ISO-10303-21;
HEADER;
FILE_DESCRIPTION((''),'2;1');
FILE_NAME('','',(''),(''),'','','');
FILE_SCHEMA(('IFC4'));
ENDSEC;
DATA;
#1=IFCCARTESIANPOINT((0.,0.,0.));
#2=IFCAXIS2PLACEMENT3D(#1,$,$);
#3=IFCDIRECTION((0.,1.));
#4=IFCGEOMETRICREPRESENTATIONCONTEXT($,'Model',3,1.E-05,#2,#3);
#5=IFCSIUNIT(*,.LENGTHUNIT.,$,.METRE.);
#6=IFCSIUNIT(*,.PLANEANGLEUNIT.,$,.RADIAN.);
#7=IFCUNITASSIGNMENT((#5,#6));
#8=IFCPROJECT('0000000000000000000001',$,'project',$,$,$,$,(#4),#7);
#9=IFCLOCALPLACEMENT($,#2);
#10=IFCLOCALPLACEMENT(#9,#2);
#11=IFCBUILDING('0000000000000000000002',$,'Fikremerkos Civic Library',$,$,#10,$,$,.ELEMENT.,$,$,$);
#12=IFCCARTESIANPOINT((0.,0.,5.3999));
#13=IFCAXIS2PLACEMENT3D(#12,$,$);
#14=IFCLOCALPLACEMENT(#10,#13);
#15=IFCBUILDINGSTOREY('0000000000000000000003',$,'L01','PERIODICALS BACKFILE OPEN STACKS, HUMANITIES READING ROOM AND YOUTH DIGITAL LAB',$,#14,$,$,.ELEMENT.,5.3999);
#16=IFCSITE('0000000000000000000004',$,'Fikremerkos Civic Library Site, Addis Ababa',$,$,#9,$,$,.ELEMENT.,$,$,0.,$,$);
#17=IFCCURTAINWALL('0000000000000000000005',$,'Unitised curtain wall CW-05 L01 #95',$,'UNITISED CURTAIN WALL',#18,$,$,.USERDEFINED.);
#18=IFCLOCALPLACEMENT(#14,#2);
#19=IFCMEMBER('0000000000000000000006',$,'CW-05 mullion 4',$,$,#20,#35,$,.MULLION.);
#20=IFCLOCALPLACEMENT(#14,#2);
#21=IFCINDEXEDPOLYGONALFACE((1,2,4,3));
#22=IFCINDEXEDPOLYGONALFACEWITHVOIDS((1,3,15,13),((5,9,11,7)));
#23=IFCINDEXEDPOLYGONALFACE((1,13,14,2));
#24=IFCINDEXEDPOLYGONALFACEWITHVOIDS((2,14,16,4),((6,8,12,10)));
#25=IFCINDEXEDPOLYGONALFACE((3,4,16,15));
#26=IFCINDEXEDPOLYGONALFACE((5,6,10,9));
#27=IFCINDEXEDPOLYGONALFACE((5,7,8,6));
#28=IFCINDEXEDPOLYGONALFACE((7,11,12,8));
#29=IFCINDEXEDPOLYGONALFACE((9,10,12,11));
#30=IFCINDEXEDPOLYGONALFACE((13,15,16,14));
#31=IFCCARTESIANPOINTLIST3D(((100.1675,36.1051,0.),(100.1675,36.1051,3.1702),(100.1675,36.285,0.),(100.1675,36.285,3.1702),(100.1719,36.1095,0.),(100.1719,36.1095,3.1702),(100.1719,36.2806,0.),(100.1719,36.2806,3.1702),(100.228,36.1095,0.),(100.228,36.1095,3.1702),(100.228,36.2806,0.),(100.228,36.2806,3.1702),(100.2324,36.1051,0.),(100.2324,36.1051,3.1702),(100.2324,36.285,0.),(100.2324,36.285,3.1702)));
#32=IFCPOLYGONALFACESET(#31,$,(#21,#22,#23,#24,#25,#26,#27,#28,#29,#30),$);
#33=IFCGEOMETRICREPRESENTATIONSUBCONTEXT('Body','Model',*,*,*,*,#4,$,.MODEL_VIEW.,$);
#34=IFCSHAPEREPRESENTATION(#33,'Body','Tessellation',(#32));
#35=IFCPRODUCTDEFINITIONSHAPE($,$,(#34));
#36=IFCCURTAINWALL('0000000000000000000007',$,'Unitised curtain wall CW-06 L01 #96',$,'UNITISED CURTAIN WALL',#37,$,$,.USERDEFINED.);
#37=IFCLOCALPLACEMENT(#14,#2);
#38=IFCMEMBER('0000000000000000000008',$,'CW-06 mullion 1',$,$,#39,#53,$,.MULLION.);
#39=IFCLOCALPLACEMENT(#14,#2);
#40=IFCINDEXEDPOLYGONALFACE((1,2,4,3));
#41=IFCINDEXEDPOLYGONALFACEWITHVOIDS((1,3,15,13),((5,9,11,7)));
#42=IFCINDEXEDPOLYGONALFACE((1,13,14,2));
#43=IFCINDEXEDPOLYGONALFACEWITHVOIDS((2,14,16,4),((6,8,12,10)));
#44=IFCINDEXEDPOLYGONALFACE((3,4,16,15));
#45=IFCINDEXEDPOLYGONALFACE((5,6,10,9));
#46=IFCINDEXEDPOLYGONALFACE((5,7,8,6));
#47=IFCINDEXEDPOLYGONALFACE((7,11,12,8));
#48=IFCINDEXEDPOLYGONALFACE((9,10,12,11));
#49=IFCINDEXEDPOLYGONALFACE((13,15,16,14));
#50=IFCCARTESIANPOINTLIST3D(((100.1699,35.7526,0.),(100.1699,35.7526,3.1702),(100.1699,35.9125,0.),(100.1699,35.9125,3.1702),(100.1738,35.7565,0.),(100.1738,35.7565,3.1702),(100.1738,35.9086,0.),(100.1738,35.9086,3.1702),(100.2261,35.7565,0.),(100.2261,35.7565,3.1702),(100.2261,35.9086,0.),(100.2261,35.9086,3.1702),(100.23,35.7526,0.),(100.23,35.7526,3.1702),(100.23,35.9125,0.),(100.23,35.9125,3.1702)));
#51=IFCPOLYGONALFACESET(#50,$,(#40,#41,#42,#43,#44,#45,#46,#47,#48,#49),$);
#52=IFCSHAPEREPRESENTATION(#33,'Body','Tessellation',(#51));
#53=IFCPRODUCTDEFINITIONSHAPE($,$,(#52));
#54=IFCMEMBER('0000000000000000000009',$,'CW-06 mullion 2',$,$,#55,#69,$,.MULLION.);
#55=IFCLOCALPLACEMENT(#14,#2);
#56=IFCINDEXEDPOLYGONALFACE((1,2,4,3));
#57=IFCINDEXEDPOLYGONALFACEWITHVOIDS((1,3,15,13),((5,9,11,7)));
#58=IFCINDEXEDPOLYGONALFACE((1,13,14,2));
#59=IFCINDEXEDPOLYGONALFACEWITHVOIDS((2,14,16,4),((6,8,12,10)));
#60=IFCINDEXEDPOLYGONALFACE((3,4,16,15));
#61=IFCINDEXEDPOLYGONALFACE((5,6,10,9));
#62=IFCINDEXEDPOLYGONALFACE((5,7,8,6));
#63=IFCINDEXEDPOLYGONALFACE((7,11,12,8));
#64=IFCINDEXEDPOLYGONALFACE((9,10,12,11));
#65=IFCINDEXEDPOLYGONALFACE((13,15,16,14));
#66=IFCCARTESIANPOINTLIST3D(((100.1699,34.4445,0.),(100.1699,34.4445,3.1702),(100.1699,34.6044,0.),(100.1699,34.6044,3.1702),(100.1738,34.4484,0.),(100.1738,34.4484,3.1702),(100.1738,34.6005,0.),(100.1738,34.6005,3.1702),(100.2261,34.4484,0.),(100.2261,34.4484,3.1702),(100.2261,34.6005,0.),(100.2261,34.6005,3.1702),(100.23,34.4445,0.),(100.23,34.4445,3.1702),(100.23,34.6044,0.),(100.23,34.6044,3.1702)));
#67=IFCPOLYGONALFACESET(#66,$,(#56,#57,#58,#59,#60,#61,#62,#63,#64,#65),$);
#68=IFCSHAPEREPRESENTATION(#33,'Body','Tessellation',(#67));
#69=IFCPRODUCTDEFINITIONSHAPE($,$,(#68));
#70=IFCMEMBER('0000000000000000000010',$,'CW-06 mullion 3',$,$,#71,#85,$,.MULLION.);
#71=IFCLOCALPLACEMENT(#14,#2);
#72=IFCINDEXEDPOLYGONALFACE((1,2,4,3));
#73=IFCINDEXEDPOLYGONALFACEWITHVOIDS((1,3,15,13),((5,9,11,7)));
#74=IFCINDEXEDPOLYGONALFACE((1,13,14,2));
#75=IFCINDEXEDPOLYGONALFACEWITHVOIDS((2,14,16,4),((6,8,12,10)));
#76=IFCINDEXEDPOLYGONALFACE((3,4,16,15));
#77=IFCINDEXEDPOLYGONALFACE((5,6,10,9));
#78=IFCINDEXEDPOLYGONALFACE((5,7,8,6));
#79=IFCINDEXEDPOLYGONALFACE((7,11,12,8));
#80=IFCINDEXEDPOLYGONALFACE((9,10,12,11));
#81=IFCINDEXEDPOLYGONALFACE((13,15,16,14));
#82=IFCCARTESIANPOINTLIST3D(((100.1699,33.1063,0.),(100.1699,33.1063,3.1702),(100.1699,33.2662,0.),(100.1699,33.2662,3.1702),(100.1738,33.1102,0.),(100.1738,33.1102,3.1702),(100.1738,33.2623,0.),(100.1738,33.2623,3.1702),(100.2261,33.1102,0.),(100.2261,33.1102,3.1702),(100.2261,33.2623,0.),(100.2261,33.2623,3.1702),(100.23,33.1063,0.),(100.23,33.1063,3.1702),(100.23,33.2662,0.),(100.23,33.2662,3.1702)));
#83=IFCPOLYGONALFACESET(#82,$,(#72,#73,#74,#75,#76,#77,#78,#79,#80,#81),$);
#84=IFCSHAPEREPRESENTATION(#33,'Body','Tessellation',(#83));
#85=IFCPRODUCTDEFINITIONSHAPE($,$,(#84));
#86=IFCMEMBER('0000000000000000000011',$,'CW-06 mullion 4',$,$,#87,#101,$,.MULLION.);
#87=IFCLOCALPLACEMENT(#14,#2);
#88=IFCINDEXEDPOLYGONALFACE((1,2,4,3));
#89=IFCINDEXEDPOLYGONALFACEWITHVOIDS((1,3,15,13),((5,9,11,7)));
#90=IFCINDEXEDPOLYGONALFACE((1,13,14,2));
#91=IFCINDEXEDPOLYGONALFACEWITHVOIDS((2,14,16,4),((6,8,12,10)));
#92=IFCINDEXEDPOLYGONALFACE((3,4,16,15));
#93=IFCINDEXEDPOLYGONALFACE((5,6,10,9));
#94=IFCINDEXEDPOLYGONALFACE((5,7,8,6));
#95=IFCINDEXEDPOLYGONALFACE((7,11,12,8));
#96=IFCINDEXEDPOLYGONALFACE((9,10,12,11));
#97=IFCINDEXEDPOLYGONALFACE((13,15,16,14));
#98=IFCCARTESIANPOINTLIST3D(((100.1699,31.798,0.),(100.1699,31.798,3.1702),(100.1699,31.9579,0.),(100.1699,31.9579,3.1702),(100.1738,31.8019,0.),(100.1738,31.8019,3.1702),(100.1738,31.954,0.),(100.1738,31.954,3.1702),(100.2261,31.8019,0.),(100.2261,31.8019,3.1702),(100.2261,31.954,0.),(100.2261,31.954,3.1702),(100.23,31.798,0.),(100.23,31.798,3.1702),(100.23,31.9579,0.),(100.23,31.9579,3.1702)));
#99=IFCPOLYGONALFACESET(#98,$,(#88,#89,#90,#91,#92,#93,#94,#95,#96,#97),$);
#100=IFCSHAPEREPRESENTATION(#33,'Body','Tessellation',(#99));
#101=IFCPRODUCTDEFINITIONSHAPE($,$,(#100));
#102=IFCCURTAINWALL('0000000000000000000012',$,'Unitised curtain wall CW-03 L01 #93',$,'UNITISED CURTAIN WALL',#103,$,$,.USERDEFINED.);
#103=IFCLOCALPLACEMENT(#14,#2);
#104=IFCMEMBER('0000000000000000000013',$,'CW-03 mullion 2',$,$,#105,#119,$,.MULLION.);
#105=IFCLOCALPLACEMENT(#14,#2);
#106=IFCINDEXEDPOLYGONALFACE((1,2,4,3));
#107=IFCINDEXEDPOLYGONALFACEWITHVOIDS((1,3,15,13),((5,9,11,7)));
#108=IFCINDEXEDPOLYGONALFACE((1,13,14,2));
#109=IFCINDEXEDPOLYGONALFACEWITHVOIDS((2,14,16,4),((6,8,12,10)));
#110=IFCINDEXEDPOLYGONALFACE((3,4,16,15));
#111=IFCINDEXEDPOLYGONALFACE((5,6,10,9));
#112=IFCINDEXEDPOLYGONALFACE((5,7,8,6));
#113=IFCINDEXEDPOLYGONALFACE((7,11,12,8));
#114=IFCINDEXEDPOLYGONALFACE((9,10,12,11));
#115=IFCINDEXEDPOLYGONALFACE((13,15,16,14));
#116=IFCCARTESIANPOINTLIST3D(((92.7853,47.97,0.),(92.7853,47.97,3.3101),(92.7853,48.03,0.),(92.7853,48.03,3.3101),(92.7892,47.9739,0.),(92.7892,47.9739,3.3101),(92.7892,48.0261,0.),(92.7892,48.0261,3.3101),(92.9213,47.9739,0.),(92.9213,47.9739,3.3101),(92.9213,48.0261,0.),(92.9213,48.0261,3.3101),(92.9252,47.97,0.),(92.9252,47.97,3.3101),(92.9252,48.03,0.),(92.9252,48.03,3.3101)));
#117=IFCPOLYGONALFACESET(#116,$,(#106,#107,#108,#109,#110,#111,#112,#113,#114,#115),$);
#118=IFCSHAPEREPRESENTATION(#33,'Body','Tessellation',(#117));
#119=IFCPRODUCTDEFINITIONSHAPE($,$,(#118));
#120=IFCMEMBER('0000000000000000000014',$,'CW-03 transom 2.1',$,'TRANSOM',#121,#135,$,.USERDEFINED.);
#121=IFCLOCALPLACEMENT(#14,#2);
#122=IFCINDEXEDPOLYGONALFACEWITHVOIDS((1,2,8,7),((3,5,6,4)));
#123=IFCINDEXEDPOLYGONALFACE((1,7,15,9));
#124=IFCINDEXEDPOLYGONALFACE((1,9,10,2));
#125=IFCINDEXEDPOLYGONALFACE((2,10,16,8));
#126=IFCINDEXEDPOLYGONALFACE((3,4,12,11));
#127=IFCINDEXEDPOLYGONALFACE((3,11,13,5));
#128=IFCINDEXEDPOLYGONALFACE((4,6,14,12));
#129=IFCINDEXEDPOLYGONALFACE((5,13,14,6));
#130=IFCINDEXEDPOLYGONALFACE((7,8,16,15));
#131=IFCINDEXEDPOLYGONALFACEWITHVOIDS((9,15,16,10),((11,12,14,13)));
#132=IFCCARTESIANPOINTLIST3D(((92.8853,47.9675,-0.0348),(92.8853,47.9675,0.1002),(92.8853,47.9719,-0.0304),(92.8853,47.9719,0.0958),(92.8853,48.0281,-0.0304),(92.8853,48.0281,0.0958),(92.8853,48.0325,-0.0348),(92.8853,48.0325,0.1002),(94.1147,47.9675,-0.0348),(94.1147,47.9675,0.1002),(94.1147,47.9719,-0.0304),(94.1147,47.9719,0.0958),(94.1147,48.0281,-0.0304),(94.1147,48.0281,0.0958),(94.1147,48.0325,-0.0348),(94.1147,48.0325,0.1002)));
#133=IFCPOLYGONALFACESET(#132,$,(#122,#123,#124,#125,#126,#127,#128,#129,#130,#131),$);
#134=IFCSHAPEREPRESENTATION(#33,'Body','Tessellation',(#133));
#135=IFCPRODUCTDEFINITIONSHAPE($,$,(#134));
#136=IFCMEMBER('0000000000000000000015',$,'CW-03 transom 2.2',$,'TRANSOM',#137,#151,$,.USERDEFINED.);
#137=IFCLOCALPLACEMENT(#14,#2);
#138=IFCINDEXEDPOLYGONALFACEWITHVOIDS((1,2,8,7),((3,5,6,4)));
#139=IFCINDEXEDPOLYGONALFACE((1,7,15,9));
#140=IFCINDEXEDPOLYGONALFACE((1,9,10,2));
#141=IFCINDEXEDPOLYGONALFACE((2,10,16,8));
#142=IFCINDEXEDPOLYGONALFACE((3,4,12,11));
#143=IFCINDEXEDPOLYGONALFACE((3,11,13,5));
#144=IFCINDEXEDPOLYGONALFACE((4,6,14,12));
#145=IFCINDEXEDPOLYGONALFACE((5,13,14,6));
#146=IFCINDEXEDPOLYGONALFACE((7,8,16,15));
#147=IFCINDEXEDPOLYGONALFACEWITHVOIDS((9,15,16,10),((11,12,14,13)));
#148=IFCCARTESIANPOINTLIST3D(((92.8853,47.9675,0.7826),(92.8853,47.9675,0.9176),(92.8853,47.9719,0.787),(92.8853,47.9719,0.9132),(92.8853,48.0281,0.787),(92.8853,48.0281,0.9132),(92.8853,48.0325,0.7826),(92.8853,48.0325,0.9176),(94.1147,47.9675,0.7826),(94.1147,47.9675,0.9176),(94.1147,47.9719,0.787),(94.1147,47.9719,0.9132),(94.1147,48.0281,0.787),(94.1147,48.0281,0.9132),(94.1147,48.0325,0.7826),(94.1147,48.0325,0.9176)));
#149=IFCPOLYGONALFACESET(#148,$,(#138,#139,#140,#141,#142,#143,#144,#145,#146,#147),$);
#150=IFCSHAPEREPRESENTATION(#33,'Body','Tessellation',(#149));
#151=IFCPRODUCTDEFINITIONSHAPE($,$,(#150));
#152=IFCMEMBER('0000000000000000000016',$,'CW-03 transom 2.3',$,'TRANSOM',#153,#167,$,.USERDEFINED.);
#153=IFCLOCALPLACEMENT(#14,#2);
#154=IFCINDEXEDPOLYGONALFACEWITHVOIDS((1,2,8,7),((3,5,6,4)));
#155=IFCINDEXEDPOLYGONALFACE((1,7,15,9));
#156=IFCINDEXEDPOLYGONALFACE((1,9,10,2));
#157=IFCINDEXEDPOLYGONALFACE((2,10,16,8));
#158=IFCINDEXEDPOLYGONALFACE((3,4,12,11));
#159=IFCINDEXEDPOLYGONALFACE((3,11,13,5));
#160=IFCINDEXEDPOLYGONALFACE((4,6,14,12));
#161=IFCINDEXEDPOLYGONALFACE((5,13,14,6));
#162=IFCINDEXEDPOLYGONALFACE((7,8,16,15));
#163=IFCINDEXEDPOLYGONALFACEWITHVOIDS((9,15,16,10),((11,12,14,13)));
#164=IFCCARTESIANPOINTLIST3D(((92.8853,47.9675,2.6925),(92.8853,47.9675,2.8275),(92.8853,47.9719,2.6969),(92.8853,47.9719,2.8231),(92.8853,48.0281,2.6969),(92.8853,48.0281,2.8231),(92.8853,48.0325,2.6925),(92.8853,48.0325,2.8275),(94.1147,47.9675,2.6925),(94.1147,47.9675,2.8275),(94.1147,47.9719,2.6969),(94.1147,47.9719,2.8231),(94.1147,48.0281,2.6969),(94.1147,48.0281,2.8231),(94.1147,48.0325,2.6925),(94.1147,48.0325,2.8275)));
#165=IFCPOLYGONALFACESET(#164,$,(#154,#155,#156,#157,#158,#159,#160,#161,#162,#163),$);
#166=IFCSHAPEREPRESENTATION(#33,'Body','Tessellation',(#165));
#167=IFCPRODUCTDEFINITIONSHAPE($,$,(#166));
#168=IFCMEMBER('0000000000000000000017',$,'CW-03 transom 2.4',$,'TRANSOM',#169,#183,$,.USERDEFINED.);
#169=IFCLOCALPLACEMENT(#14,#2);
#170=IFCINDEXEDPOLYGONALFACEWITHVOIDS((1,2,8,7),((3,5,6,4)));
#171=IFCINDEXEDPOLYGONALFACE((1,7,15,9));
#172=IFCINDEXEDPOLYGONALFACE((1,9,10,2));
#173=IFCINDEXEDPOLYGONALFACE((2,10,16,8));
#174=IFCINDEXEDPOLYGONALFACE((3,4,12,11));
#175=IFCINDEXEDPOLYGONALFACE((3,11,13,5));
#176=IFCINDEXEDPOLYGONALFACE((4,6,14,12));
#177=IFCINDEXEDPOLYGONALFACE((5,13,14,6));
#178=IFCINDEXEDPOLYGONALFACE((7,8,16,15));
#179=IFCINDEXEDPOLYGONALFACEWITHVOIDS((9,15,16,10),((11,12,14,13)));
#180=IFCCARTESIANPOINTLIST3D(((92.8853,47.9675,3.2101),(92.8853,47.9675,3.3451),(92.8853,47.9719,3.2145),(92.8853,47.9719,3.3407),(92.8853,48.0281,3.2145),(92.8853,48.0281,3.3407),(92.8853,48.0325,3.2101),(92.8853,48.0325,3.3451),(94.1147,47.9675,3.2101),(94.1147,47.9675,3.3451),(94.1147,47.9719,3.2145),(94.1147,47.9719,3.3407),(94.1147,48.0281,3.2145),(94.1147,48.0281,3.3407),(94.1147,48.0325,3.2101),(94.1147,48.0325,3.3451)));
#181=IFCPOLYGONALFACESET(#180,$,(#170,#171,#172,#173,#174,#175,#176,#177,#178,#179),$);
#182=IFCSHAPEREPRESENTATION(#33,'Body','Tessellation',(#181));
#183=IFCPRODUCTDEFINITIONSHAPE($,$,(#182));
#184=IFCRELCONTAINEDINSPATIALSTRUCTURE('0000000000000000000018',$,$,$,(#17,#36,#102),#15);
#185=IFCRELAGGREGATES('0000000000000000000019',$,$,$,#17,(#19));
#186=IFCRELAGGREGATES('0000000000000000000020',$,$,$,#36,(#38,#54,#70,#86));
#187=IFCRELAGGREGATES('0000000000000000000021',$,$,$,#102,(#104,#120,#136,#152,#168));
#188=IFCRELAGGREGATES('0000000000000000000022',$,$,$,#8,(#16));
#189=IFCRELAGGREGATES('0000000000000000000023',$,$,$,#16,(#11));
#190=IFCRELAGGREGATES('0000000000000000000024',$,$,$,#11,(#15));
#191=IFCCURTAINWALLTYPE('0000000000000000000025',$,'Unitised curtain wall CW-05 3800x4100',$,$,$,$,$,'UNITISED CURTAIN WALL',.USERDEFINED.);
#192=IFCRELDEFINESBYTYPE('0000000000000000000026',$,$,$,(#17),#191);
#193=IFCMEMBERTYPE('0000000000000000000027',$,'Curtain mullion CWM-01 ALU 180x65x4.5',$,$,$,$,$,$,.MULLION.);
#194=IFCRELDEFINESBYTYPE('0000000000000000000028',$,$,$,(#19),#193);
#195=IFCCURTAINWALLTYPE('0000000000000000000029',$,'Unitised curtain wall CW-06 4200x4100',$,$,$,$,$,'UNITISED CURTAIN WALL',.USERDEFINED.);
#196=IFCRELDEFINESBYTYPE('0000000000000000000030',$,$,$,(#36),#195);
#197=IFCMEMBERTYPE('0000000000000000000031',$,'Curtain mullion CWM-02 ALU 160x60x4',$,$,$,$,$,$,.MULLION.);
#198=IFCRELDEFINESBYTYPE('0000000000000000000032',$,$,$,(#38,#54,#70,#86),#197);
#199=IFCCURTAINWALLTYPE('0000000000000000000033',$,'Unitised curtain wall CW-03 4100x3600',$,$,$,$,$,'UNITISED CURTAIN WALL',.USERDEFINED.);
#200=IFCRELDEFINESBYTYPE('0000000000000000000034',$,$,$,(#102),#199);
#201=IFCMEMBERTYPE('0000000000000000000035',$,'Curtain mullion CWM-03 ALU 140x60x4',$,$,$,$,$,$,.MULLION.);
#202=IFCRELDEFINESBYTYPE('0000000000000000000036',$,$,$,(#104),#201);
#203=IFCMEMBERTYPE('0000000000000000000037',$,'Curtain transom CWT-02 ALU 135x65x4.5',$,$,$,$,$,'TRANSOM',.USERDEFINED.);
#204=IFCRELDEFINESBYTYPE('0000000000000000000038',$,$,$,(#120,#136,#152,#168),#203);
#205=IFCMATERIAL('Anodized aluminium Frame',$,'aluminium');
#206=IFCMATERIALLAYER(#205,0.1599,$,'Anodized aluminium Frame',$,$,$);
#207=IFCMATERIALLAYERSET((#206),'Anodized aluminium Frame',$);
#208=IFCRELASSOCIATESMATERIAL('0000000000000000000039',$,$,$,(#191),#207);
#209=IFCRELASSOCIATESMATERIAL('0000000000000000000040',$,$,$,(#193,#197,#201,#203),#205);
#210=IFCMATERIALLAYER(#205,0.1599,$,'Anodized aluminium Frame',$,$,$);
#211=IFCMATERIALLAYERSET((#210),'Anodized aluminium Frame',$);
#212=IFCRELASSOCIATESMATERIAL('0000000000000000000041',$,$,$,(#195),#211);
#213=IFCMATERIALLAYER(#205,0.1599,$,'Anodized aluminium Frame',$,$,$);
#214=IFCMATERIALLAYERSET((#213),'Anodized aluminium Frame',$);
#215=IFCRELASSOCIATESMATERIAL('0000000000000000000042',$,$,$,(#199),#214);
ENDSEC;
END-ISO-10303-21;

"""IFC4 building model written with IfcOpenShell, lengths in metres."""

from ifc_helpers import new_model, si_unit, direction, frame, origin, origin_2d, place, context, subcontext, project, spatial, hollow_rectangle, extrude, material, layer, layer_set, material_profile, profile_set, type_object, element, aggregate, save


model = new_model("IFC4")

# Units and contexts
model_context = context("Model", 3, precision=1e-05, world=origin(), true_north=direction((0.0, 1.0)))
body_context = subcontext(model_context, "Body", "Model", "MODEL_VIEW")
ifc_project = project(units=[si_unit("LENGTHUNIT", "METRE"), si_unit("PLANEANGLEUNIT", "RADIAN")], contexts=[model_context])

# Site, building, storey
site_placement = place(None, origin())
site = spatial("IfcSite", under=ifc_project, at=site_placement, Name="Fikremerkos Civic Library Site, Addis Ababa", CompositionType="ELEMENT", RefElevation=0.0)
building_placement = place(site_placement, origin())
building = spatial("IfcBuilding", under=site, at=building_placement, Name="Fikremerkos Civic Library", CompositionType="ELEMENT")
storey_placement = place(building_placement, frame((0.0, 0.0, 5.3999)))
storey = spatial("IfcBuildingStorey", under=building, at=storey_placement, Name="L01", Description="PERIODICALS BACKFILE OPEN STACKS, HUMANITIES READING ROOM AND YOUTH DIGITAL LAB", CompositionType="ELEMENT", Elevation=5.3999)

# Curtain wall, member
ifc_material_1 = material(Name="Anodized aluminium Frame", Category="aluminium")
ifc_layer_1 = layer(ifc_material_1, 0.1599, Name="Anodized aluminium Frame")
ifc_layer_set_1 = layer_set([ifc_layer_1], Name="Anodized aluminium Frame")
curtain_wall_type_1 = type_object("IfcCurtainWallType", Name="Unitised curtain wall CW-05 3800x4100", ElementType="UNITISED CURTAIN WALL", PredefinedType="USERDEFINED", material=ifc_layer_set_1)
curtain_wall_1_placement = place(storey_placement, origin())
curtain_wall_1 = element("IfcCurtainWall", 1, at=curtain_wall_1_placement, inside=storey, type_object=curtain_wall_type_1, Name="Unitised curtain wall CW-05 L01 #95", ObjectType="UNITISED CURTAIN WALL", PredefinedType="USERDEFINED")
ifc_material_profile_1 = material_profile(ifc_material_1, hollow_rectangle(XDim=0.0649, YDim=0.1799, WallThickness=0.0044, at=origin_2d()), Name="ALU 180x65x4.5")
ifc_profile_set_1 = profile_set([ifc_material_profile_1], Name="Anodized aluminium Frame")
member_type_1 = type_object("IfcMemberType", Name="Curtain mullion CWM-01 ALU 180x65x4.5", PredefinedType="MULLION", material=ifc_profile_set_1)
member_1_placement = place(storey_placement, frame((100.2, 36.1951, 0.0), z_axis=(0.0, 0.0, 1.0), x_axis=(1.0, 0.0, 0.0)))
member_1 = element("IfcMember", 2, at=member_1_placement, type_object=member_type_1, Name="CW-05 mullion 4", PredefinedType="MULLION", context=body_context, shape_type="SweptSolid", body=[
    extrude(hollow_rectangle(XDim=0.0649, YDim=0.1799, WallThickness=0.0044, at=origin_2d()), origin(), (0.0, 0.0, 1.0), 3.1702),
])

# Curtain walls, members
ifc_layer_2 = layer(ifc_material_1, 0.1599, Name="Anodized aluminium Frame")
ifc_layer_set_2 = layer_set([ifc_layer_2], Name="Anodized aluminium Frame")
curtain_wall_type_2 = type_object("IfcCurtainWallType", Name="Unitised curtain wall CW-06 4200x4100", ElementType="UNITISED CURTAIN WALL", PredefinedType="USERDEFINED", material=ifc_layer_set_2)
curtain_wall_2_placement = place(storey_placement, origin())
curtain_wall_2 = element("IfcCurtainWall", 3, at=curtain_wall_2_placement, inside=storey, type_object=curtain_wall_type_2, Name="Unitised curtain wall CW-06 L01 #96", ObjectType="UNITISED CURTAIN WALL", PredefinedType="USERDEFINED")
ifc_material_profile_2 = material_profile(ifc_material_1, hollow_rectangle(XDim=0.0601, YDim=0.1599, WallThickness=0.0039, at=origin_2d()), Name="ALU 160x60x4")
ifc_profile_set_2 = profile_set([ifc_material_profile_2], Name="Anodized aluminium Frame")
member_type_2 = type_object("IfcMemberType", Name="Curtain mullion CWM-02 ALU 160x60x4", PredefinedType="MULLION", material=ifc_profile_set_2)
member_2_placement = place(storey_placement, frame((100.2, 35.8325, 0.0), z_axis=(0.0, 0.0, 1.0), x_axis=(1.0, 0.0, 0.0)))
member_2 = element("IfcMember", 4, at=member_2_placement, type_object=member_type_2, Name="CW-06 mullion 1", PredefinedType="MULLION", context=body_context, shape_type="SweptSolid", body=[
    extrude(hollow_rectangle(XDim=0.0601, YDim=0.1599, WallThickness=0.0039, at=origin_2d()), origin(), (0.0, 0.0, 1.0), 3.1702),
])
member_3_placement = place(storey_placement, frame((100.2, 34.5244, 0.0), z_axis=(0.0, 0.0, 1.0), x_axis=(1.0, 0.0, 0.0)))
member_3 = element("IfcMember", 5, at=member_3_placement, type_object=member_type_2, Name="CW-06 mullion 2", PredefinedType="MULLION", context=body_context, shape_type="SweptSolid", body=[
    extrude(hollow_rectangle(XDim=0.0601, YDim=0.1599, WallThickness=0.0039, at=origin_2d()), origin(), (0.0, 0.0, 1.0), 3.1702),
])
member_4_placement = place(storey_placement, frame((100.2, 33.1863, 0.0), z_axis=(0.0, 0.0, 1.0), x_axis=(1.0, 0.0, 0.0)))
member_4 = element("IfcMember", 6, at=member_4_placement, type_object=member_type_2, Name="CW-06 mullion 3", PredefinedType="MULLION", context=body_context, shape_type="SweptSolid", body=[
    extrude(hollow_rectangle(XDim=0.0601, YDim=0.1599, WallThickness=0.0039, at=origin_2d()), origin(), (0.0, 0.0, 1.0), 3.1702),
])
member_5_placement = place(storey_placement, frame((100.2, 31.8779, 0.0), z_axis=(0.0, 0.0, 1.0), x_axis=(1.0, 0.0, 0.0)))
member_5 = element("IfcMember", 7, at=member_5_placement, type_object=member_type_2, Name="CW-06 mullion 4", PredefinedType="MULLION", context=body_context, shape_type="SweptSolid", body=[
    extrude(hollow_rectangle(XDim=0.0601, YDim=0.1599, WallThickness=0.0039, at=origin_2d()), origin(), (0.0, 0.0, 1.0), 3.1702),
])
ifc_layer_3 = layer(ifc_material_1, 0.1599, Name="Anodized aluminium Frame")
ifc_layer_set_3 = layer_set([ifc_layer_3], Name="Anodized aluminium Frame")
curtain_wall_type_3 = type_object("IfcCurtainWallType", Name="Unitised curtain wall CW-03 4100x3600", ElementType="UNITISED CURTAIN WALL", PredefinedType="USERDEFINED", material=ifc_layer_set_3)
curtain_wall_3_placement = place(storey_placement, origin())
curtain_wall_3 = element("IfcCurtainWall", 8, at=curtain_wall_3_placement, inside=storey, type_object=curtain_wall_type_3, Name="Unitised curtain wall CW-03 L01 #93", ObjectType="UNITISED CURTAIN WALL", PredefinedType="USERDEFINED")
ifc_material_profile_3 = material_profile(ifc_material_1, hollow_rectangle(XDim=0.0601, YDim=0.1399, WallThickness=0.0039, at=origin_2d()), Name="ALU 140x60x4")
ifc_profile_set_3 = profile_set([ifc_material_profile_3], Name="Anodized aluminium Frame")
member_type_3 = type_object("IfcMemberType", Name="Curtain mullion CWM-03 ALU 140x60x4", PredefinedType="MULLION", material=ifc_profile_set_3)
member_6_placement = place(storey_placement, frame((92.8552, 48.0, 0.0), z_axis=(0.0, 0.0, 1.0), x_axis=(0.0, 1.0, 0.0)))
member_6 = element("IfcMember", 9, at=member_6_placement, type_object=member_type_3, Name="CW-03 mullion 2", PredefinedType="MULLION", context=body_context, shape_type="SweptSolid", body=[
    extrude(hollow_rectangle(XDim=0.0601, YDim=0.1399, WallThickness=0.0039, at=origin_2d()), origin(), (0.0, 0.0, 1.0), 3.3101),
])
ifc_material_profile_4 = material_profile(ifc_material_1, hollow_rectangle(XDim=0.0649, YDim=0.135, WallThickness=0.0044, at=origin_2d()), Name="ALU 135x65x4.5")
ifc_profile_set_4 = profile_set([ifc_material_profile_4], Name="Anodized aluminium Frame")
member_type_4 = type_object("IfcMemberType", Name="Curtain transom CWT-02 ALU 135x65x4.5", ElementType="TRANSOM", PredefinedType="USERDEFINED", material=ifc_profile_set_4)
member_7_placement = place(storey_placement, frame((92.8853, 48.0, 0.0327), z_axis=(1.0, 0.0, 0.0), x_axis=(0.0, 1.0, 0.0)))
member_7 = element("IfcMember", 10, at=member_7_placement, type_object=member_type_4, Name="CW-03 transom 2.1", ObjectType="TRANSOM", PredefinedType="USERDEFINED", context=body_context, shape_type="SweptSolid", body=[
    extrude(hollow_rectangle(XDim=0.0649, YDim=0.135, WallThickness=0.0044, at=origin_2d()), origin(), (0.0, 0.0, 1.0), 1.2295),
])
member_8_placement = place(storey_placement, frame((92.8853, 48.0, 0.8501), z_axis=(1.0, 0.0, 0.0), x_axis=(0.0, 1.0, 0.0)))
member_8 = element("IfcMember", 11, at=member_8_placement, type_object=member_type_4, Name="CW-03 transom 2.2", ObjectType="TRANSOM", PredefinedType="USERDEFINED", context=body_context, shape_type="SweptSolid", body=[
    extrude(hollow_rectangle(XDim=0.0649, YDim=0.135, WallThickness=0.0044, at=origin_2d()), origin(), (0.0, 0.0, 1.0), 1.2295),
])
member_9_placement = place(storey_placement, frame((92.8853, 48.0, 2.76), z_axis=(1.0, 0.0, 0.0), x_axis=(0.0, 1.0, 0.0)))
member_9 = element("IfcMember", 12, at=member_9_placement, type_object=member_type_4, Name="CW-03 transom 2.3", ObjectType="TRANSOM", PredefinedType="USERDEFINED", context=body_context, shape_type="SweptSolid", body=[
    extrude(hollow_rectangle(XDim=0.0649, YDim=0.135, WallThickness=0.0044, at=origin_2d()), origin(), (0.0, 0.0, 1.0), 1.2295),
])
member_10_placement = place(storey_placement, frame((92.8853, 48.0, 3.2776), z_axis=(1.0, 0.0, 0.0), x_axis=(0.0, 1.0, 0.0)))
member_10 = element("IfcMember", 13, at=member_10_placement, type_object=member_type_4, Name="CW-03 transom 2.4", ObjectType="TRANSOM", PredefinedType="USERDEFINED", context=body_context, shape_type="SweptSolid", body=[
    extrude(hollow_rectangle(XDim=0.0649, YDim=0.135, WallThickness=0.0044, at=origin_2d()), origin(), (0.0, 0.0, 1.0), 1.2295),
])

aggregate(curtain_wall_1, [member_1])
aggregate(curtain_wall_2, [member_2, member_3, member_4, member_5])
aggregate(curtain_wall_3, [member_6, member_7, member_8, member_9, member_10])

save(model, "model.ifc")
